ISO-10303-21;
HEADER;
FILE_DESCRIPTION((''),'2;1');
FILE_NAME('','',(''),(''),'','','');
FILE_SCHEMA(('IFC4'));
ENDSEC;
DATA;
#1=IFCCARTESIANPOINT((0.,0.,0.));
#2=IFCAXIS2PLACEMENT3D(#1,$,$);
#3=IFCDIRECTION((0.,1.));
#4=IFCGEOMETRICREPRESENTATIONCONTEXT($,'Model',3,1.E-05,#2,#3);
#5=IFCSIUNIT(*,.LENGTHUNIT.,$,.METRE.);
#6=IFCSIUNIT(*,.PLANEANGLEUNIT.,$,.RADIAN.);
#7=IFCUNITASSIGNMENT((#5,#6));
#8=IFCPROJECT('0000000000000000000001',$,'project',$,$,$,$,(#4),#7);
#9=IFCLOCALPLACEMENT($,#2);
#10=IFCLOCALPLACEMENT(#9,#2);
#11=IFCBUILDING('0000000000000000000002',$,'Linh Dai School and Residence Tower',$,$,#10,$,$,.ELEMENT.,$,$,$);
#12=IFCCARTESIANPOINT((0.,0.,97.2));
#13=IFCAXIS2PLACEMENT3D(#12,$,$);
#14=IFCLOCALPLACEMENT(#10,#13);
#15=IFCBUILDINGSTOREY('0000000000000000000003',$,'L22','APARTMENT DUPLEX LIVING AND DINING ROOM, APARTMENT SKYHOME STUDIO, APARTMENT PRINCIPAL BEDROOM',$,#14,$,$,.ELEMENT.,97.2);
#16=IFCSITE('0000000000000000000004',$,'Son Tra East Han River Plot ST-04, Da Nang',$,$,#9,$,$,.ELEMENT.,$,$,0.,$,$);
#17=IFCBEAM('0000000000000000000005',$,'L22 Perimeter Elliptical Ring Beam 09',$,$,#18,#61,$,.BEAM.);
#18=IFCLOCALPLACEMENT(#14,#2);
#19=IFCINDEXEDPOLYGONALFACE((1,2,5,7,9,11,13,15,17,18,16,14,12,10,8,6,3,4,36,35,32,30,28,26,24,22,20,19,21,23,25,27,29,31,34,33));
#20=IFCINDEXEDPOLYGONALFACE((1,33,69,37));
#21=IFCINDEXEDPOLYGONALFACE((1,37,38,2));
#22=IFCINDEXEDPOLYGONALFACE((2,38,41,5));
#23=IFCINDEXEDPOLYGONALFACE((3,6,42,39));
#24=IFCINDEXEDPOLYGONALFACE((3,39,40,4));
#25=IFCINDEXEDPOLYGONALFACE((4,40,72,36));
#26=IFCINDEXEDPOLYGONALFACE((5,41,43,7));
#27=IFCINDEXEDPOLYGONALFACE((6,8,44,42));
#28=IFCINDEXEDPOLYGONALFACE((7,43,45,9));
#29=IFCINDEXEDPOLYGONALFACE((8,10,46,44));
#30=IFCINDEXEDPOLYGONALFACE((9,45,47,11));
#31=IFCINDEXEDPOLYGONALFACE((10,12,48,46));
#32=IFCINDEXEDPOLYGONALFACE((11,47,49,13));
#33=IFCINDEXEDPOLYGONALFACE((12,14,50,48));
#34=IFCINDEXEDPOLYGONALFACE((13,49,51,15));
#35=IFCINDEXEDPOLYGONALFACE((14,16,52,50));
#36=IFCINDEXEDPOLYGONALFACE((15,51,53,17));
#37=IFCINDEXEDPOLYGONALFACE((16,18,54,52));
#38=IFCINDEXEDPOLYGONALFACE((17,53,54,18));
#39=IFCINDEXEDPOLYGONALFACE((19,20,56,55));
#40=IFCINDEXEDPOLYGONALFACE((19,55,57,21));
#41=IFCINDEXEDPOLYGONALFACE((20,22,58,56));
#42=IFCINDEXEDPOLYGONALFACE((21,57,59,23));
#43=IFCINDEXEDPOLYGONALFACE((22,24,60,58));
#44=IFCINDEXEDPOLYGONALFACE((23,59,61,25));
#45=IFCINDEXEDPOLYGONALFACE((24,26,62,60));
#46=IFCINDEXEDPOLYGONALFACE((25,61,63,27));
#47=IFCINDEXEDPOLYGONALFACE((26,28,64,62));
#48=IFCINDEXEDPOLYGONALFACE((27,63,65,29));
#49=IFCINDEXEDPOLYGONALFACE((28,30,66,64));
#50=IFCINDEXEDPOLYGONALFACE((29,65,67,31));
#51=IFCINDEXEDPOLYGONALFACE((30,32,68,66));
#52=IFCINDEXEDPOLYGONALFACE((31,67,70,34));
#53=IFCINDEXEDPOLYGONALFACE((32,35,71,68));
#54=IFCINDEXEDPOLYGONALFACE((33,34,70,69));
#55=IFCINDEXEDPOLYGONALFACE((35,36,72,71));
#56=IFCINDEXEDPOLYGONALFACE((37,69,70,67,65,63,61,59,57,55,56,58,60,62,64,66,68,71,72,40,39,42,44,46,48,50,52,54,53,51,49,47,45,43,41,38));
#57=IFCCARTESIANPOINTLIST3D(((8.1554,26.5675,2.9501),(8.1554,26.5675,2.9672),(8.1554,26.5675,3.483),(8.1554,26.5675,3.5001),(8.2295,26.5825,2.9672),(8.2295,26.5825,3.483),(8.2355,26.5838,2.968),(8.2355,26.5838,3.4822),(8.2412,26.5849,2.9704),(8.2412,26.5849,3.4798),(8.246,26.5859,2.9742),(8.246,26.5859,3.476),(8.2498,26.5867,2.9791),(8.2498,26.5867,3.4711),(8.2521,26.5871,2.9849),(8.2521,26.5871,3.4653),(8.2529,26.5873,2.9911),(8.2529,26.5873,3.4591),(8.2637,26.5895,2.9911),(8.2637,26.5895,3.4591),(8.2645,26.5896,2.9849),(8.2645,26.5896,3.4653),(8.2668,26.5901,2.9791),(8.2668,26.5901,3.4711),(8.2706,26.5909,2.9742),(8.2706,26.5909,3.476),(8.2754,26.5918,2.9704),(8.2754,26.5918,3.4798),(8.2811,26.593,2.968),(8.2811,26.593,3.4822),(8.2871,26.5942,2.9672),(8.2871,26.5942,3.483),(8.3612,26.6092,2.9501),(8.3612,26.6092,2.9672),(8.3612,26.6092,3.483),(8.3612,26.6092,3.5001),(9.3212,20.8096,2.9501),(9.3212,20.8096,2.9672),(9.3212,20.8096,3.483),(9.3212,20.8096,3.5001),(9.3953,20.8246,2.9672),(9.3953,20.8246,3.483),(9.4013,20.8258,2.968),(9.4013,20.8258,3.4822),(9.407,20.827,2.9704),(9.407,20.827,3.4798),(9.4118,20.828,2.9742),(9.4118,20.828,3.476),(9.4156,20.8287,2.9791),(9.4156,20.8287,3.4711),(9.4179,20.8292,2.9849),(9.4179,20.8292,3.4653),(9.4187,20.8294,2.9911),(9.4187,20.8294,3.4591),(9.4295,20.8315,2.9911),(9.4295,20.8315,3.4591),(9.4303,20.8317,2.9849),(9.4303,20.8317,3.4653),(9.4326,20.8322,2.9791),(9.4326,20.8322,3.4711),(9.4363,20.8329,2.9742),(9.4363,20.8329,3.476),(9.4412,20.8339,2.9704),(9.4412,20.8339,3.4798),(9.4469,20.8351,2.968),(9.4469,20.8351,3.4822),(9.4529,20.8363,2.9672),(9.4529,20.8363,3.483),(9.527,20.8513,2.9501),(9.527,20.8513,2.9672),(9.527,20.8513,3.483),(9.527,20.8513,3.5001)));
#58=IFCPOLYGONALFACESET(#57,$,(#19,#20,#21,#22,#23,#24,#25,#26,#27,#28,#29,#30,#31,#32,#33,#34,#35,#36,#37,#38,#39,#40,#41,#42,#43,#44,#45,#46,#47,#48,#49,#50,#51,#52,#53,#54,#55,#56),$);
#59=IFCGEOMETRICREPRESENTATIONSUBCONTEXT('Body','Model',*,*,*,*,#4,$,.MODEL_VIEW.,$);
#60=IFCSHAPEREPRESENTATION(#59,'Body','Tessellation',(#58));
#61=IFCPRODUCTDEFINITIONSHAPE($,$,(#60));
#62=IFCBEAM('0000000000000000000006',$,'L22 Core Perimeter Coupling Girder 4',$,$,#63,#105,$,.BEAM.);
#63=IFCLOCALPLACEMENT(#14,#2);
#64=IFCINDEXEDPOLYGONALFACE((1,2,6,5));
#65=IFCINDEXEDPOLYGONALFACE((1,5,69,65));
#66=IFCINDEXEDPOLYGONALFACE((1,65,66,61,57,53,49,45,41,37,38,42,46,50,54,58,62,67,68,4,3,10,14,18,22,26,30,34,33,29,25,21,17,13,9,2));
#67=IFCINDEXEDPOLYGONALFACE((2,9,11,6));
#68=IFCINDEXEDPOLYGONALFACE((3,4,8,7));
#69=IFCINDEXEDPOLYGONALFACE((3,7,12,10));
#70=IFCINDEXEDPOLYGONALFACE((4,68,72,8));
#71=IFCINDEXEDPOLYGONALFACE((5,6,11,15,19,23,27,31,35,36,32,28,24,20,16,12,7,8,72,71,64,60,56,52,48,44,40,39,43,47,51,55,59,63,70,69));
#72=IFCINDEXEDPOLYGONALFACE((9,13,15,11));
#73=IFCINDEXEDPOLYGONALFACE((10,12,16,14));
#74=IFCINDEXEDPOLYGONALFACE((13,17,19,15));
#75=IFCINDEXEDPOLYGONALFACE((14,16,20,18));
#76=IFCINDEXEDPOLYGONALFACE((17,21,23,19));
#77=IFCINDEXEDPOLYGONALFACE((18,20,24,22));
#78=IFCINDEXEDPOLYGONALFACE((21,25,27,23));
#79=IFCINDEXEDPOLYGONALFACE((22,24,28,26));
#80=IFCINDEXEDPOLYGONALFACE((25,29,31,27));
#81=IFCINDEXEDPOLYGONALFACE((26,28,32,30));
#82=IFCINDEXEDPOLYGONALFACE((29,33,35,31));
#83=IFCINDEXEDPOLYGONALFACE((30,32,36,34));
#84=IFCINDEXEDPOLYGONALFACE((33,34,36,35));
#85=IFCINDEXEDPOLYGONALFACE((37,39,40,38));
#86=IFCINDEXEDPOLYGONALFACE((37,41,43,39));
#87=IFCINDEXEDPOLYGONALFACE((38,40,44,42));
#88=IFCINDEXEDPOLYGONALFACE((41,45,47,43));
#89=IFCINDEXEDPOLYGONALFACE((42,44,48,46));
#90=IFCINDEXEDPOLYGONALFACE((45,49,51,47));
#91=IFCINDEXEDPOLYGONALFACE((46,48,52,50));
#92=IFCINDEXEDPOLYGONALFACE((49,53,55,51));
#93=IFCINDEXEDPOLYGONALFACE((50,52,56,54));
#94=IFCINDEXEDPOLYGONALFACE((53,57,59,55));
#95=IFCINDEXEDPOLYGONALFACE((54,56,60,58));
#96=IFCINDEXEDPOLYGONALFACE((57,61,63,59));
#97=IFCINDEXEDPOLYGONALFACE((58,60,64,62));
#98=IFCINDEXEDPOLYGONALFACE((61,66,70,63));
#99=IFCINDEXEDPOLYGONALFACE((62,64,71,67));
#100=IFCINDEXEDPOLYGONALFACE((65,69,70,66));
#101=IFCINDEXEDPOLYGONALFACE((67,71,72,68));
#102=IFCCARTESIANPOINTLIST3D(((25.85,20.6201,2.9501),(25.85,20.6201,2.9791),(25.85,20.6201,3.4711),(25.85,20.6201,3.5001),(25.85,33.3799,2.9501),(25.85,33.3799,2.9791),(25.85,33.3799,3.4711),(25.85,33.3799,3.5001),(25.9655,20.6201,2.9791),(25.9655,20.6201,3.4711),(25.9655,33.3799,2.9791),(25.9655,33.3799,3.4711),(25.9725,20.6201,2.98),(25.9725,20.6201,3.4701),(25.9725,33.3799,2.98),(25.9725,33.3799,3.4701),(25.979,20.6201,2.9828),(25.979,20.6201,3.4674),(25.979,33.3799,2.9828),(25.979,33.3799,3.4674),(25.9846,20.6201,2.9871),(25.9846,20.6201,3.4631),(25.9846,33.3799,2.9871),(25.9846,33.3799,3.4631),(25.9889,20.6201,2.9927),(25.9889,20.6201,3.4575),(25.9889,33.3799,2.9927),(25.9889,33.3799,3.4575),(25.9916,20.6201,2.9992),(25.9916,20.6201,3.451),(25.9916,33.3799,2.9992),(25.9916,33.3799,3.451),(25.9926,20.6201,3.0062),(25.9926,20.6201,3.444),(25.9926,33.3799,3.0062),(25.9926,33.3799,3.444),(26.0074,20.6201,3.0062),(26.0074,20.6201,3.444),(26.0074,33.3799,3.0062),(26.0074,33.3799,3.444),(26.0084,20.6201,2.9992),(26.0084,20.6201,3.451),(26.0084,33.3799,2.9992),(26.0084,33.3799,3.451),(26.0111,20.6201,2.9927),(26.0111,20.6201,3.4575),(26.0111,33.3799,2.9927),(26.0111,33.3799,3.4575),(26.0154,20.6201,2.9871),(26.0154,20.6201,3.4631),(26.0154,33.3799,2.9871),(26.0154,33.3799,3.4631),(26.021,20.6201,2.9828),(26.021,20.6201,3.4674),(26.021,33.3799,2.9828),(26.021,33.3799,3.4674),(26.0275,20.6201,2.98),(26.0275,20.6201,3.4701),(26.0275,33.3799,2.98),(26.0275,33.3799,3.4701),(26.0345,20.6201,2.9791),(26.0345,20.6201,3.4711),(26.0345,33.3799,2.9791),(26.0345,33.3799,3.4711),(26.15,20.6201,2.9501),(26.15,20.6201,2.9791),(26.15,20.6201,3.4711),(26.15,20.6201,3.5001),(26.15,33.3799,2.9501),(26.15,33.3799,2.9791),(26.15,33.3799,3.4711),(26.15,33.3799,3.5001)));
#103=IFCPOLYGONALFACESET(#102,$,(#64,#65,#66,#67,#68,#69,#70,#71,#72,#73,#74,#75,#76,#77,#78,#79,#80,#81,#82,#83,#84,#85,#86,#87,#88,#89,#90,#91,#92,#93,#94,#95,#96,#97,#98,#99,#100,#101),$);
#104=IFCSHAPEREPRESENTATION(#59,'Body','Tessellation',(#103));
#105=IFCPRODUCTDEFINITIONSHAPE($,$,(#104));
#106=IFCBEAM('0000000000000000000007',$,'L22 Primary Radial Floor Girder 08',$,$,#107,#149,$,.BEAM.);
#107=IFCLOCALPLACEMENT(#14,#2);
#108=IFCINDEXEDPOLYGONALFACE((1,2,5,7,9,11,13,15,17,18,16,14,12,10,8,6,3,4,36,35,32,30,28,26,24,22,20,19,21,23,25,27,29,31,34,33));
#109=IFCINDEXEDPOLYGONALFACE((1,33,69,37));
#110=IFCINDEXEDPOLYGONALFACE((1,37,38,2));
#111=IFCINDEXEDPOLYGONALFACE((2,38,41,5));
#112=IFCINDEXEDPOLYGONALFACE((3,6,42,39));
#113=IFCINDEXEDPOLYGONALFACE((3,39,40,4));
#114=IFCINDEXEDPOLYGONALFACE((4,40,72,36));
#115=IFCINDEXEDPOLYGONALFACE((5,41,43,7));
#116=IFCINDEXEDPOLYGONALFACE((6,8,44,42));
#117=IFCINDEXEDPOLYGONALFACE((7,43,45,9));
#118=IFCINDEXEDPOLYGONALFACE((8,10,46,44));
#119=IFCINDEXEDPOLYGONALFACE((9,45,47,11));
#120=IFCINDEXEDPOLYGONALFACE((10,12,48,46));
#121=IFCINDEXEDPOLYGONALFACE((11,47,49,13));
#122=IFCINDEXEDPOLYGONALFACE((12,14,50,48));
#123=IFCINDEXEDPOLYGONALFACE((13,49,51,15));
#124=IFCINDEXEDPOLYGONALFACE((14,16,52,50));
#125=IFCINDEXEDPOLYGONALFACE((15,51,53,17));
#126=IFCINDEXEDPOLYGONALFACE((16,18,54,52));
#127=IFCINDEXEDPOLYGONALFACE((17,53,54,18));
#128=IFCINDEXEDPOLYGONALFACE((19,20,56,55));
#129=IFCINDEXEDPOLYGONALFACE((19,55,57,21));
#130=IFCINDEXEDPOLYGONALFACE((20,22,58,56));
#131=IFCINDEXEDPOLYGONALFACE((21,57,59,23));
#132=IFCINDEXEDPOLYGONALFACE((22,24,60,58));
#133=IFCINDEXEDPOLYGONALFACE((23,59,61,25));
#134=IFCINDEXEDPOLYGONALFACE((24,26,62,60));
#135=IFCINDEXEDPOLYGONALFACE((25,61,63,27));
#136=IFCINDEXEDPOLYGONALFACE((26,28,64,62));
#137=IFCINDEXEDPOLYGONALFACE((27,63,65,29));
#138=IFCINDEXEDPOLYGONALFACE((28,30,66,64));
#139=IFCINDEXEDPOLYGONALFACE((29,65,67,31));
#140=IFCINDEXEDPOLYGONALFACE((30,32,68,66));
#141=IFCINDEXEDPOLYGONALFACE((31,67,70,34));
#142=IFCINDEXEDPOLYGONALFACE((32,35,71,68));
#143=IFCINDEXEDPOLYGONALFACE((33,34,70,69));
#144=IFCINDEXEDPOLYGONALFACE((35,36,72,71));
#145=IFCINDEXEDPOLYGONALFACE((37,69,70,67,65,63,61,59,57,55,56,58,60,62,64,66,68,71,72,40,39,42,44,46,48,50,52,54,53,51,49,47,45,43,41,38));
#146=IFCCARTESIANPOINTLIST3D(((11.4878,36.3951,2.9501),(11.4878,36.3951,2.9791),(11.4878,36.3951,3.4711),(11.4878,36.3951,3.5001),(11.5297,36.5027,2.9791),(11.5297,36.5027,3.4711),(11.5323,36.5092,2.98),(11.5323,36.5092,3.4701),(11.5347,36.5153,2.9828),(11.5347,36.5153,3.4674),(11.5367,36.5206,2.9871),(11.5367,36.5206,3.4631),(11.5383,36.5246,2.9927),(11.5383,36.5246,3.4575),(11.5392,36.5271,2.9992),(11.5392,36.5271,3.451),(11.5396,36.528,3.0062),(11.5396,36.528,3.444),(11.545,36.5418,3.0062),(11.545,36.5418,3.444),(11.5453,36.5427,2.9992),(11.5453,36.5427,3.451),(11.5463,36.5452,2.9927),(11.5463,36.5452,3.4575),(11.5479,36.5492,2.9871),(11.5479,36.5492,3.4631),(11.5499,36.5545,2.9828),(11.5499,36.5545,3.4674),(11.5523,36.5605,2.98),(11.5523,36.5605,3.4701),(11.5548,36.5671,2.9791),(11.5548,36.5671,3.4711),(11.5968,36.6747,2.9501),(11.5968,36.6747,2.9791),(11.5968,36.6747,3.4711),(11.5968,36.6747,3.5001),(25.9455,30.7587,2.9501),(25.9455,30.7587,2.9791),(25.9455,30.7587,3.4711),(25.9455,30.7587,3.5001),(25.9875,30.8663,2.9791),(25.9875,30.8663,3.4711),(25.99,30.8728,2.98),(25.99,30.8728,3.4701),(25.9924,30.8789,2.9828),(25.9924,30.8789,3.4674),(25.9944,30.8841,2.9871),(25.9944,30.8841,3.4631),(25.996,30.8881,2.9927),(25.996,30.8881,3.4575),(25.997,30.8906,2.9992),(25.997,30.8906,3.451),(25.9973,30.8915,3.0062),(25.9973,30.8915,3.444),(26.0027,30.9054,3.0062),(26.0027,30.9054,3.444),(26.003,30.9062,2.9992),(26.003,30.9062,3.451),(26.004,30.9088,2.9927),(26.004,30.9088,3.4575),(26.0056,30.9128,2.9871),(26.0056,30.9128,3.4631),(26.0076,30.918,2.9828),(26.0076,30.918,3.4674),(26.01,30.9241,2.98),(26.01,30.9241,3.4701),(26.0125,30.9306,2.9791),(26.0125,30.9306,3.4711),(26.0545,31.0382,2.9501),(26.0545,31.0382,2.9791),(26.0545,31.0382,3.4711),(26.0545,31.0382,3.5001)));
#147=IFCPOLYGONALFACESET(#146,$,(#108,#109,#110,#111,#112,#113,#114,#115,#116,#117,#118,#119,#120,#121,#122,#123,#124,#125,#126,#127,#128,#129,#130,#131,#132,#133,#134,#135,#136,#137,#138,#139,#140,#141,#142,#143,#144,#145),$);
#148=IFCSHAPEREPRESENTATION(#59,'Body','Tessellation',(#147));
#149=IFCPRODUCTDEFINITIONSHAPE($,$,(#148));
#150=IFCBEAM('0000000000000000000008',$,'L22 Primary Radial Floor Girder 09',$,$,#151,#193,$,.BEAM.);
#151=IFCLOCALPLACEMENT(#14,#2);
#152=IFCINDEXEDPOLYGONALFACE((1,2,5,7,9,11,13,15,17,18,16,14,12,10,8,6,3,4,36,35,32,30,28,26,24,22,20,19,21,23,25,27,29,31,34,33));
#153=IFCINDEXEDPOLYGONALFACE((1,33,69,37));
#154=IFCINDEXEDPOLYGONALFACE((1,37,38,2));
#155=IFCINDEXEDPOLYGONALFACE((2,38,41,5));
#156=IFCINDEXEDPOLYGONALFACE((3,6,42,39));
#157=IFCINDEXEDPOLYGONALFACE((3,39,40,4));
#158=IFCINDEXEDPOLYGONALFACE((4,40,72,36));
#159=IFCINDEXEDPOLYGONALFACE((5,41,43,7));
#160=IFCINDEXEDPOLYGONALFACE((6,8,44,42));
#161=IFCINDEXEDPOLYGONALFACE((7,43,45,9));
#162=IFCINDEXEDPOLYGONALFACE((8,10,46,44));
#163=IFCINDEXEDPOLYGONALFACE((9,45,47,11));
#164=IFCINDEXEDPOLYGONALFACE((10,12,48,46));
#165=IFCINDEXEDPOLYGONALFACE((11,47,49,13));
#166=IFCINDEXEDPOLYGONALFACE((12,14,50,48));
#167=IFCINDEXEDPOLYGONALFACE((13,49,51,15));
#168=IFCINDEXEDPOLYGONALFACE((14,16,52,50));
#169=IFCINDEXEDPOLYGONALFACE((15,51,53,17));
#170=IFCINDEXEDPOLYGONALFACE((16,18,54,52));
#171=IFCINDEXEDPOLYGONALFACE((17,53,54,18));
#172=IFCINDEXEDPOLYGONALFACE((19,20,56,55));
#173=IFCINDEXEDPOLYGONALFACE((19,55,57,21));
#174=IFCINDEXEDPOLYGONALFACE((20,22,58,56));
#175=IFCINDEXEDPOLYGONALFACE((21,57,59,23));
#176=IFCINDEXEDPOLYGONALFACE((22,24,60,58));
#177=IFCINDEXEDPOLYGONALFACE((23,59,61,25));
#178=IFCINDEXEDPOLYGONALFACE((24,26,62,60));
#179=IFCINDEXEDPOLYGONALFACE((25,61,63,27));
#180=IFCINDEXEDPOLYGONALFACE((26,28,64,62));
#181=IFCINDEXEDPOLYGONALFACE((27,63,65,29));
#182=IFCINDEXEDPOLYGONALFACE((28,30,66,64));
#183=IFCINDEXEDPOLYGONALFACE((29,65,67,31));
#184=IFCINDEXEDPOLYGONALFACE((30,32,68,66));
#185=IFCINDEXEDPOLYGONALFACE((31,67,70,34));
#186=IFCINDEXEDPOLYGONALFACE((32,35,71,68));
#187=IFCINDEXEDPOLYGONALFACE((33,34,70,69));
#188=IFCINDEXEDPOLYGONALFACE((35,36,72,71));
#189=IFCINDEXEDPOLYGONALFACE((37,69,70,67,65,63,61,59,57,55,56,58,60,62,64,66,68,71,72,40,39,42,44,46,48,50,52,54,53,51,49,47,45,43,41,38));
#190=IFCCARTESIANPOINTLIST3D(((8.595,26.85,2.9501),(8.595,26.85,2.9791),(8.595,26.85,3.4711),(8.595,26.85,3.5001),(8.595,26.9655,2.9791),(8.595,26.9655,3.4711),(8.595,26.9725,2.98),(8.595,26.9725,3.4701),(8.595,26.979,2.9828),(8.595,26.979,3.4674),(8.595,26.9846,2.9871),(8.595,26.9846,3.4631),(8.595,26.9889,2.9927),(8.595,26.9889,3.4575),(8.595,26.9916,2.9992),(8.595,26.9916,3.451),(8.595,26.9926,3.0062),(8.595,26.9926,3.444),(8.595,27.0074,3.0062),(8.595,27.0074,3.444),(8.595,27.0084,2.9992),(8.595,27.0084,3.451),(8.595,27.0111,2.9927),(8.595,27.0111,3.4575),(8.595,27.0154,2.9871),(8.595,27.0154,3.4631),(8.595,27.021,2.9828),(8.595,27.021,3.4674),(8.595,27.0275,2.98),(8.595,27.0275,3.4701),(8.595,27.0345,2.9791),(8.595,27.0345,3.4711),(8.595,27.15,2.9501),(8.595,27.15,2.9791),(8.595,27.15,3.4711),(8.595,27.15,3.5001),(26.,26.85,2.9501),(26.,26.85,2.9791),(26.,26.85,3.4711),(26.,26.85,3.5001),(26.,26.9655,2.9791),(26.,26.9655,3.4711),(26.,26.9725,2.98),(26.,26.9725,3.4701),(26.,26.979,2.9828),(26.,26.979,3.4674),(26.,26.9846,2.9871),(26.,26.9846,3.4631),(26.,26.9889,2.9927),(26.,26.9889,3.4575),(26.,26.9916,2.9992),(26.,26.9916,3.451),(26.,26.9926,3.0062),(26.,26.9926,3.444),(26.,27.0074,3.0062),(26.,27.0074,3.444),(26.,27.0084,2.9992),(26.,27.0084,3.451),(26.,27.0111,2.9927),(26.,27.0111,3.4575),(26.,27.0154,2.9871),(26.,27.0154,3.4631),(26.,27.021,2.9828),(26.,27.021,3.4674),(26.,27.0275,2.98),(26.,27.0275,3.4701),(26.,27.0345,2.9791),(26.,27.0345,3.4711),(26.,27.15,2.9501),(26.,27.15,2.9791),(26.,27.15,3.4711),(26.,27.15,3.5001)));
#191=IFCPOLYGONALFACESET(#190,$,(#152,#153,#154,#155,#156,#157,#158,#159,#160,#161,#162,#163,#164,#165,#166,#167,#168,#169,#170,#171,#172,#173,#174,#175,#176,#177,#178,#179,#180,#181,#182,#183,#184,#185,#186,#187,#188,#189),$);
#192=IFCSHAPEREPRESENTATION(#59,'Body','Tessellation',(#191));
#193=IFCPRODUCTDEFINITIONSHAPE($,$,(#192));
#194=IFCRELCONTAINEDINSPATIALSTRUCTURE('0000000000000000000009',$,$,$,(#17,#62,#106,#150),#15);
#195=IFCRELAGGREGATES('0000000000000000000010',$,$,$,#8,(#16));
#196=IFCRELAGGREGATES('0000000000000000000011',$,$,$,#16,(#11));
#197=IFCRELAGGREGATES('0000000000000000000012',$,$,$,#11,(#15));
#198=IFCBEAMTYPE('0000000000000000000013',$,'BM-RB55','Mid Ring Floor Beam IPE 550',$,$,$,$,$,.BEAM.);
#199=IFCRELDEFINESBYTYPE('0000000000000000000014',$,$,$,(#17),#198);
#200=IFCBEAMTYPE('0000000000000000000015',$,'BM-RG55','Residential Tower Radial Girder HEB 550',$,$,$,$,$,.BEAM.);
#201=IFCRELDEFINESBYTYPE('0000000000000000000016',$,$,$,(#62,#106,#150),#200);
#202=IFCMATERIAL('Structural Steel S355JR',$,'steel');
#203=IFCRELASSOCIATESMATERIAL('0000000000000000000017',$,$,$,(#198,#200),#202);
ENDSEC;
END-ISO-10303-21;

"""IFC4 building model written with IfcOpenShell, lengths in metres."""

from ifc_helpers import new_model, si_unit, direction, frame, origin, origin_2d, place, context, subcontext, project, spatial, i_section, extrude, material, material_profile, profile_set, type_object, element, save


model = new_model("IFC4")

# Units and contexts
model_context = context("Model", 3, precision=1e-05, world=origin(), true_north=direction((0.0, 1.0)))
body_context = subcontext(model_context, "Body", "Model", "MODEL_VIEW")
ifc_project = project(units=[si_unit("LENGTHUNIT", "METRE"), si_unit("PLANEANGLEUNIT", "RADIAN")], contexts=[model_context])

# Site, building, storey
site_placement = place(None, origin())
site = spatial("IfcSite", under=ifc_project, at=site_placement, Name="Son Tra East Han River Plot ST-04, Da Nang", CompositionType="ELEMENT", RefElevation=0.0)
building_placement = place(site_placement, origin())
building = spatial("IfcBuilding", under=site, at=building_placement, Name="Linh Dai School and Residence Tower", CompositionType="ELEMENT")
storey_placement = place(building_placement, frame((0.0, 0.0, 97.2)))
storey = spatial("IfcBuildingStorey", under=building, at=storey_placement, Name="L22", Description="APARTMENT DUPLEX LIVING AND DINING ROOM, APARTMENT SKYHOME STUDIO, APARTMENT PRINCIPAL BEDROOM", CompositionType="ELEMENT", Elevation=97.2)

# Shared definitions
ifc_material_1 = material(Name="Structural Steel S355JR", Category="steel")

# Beams
ifc_material_profile_1 = material_profile(ifc_material_1, i_section(OverallWidth=0.21, OverallDepth=0.55, WebThickness=0.011, FlangeThickness=0.0171, FilletRadius=0.0239, at=origin_2d()), Name="IPE 550")
ifc_profile_set_1 = profile_set([ifc_material_profile_1], Name="Structural Steel S355JR")
beam_type_1 = type_object("IfcBeamType", Name="BM-RB55", Description="Mid Ring Floor Beam IPE 550", PredefinedType="BEAM", material=ifc_profile_set_1)
beam_1_placement = place(storey_placement, frame((8.2583, 26.5884, 3.2251), z_axis=(0.198441, -0.980113, 0.0), x_axis=(0.980113, 0.198441, 0.0)))
element("IfcBeam", 1, at=beam_1_placement, inside=storey, type_object=beam_type_1, Name="L22 Perimeter Elliptical Ring Beam 09", PredefinedType="BEAM", context=body_context, shape_type="SweptSolid", body=[
    extrude(i_section(OverallWidth=0.21, OverallDepth=0.55, WebThickness=0.011, FlangeThickness=0.0171, FilletRadius=0.0239, at=origin_2d()), origin(), (0.0, 0.0, 1.0), 5.8748),
])
ifc_material_profile_2 = material_profile(ifc_material_1, i_section(OverallWidth=0.3, OverallDepth=0.55, WebThickness=0.0149, FlangeThickness=0.0291, FilletRadius=0.0271, at=origin_2d()), Name="HEB 550")
ifc_profile_set_2 = profile_set([ifc_material_profile_2], Name="Structural Steel S355JR")
beam_type_2 = type_object("IfcBeamType", Name="BM-RG55", Description="Residential Tower Radial Girder HEB 550", PredefinedType="BEAM", material=ifc_profile_set_2)
beam_2_placement = place(storey_placement, frame((26.0, 33.3799, 3.2251), z_axis=(0.0, -1.0, 0.0), x_axis=(1.0, 0.0, 0.0)))
element("IfcBeam", 2, at=beam_2_placement, inside=storey, type_object=beam_type_2, Name="L22 Core Perimeter Coupling Girder 4", PredefinedType="BEAM", context=body_context, shape_type="SweptSolid", body=[
    extrude(i_section(OverallWidth=0.3, OverallDepth=0.55, WebThickness=0.0149, FlangeThickness=0.0291, FilletRadius=0.0271, at=origin_2d()), origin(), (0.0, 0.0, 1.0), 12.7598),
])
beam_3_placement = place(storey_placement, frame((26.0, 30.8984, 3.2251), z_axis=(-0.931699, 0.36323, 0.0), x_axis=(-0.36323, -0.931699, 0.0)))
element("IfcBeam", 3, at=beam_3_placement, inside=storey, type_object=beam_type_2, Name="L22 Primary Radial Floor Girder 08", PredefinedType="BEAM", context=body_context, shape_type="SweptSolid", body=[
    extrude(i_section(OverallWidth=0.3, OverallDepth=0.55, WebThickness=0.0149, FlangeThickness=0.0291, FilletRadius=0.0271, at=origin_2d()), origin(), (0.0, 0.0, 1.0), 15.5176),
])
beam_4_placement = place(storey_placement, frame((26.0, 27.0, 3.2251), z_axis=(-1.0, 0.0, 0.0), x_axis=(0.0, -1.0, 0.0)))
element("IfcBeam", 4, at=beam_4_placement, inside=storey, type_object=beam_type_2, Name="L22 Primary Radial Floor Girder 09", PredefinedType="BEAM", context=body_context, shape_type="SweptSolid", body=[
    extrude(i_section(OverallWidth=0.3, OverallDepth=0.55, WebThickness=0.0149, FlangeThickness=0.0291, FilletRadius=0.0271, at=origin_2d()), origin(), (0.0, 0.0, 1.0), 17.405),
])

save(model, "model.ifc")
